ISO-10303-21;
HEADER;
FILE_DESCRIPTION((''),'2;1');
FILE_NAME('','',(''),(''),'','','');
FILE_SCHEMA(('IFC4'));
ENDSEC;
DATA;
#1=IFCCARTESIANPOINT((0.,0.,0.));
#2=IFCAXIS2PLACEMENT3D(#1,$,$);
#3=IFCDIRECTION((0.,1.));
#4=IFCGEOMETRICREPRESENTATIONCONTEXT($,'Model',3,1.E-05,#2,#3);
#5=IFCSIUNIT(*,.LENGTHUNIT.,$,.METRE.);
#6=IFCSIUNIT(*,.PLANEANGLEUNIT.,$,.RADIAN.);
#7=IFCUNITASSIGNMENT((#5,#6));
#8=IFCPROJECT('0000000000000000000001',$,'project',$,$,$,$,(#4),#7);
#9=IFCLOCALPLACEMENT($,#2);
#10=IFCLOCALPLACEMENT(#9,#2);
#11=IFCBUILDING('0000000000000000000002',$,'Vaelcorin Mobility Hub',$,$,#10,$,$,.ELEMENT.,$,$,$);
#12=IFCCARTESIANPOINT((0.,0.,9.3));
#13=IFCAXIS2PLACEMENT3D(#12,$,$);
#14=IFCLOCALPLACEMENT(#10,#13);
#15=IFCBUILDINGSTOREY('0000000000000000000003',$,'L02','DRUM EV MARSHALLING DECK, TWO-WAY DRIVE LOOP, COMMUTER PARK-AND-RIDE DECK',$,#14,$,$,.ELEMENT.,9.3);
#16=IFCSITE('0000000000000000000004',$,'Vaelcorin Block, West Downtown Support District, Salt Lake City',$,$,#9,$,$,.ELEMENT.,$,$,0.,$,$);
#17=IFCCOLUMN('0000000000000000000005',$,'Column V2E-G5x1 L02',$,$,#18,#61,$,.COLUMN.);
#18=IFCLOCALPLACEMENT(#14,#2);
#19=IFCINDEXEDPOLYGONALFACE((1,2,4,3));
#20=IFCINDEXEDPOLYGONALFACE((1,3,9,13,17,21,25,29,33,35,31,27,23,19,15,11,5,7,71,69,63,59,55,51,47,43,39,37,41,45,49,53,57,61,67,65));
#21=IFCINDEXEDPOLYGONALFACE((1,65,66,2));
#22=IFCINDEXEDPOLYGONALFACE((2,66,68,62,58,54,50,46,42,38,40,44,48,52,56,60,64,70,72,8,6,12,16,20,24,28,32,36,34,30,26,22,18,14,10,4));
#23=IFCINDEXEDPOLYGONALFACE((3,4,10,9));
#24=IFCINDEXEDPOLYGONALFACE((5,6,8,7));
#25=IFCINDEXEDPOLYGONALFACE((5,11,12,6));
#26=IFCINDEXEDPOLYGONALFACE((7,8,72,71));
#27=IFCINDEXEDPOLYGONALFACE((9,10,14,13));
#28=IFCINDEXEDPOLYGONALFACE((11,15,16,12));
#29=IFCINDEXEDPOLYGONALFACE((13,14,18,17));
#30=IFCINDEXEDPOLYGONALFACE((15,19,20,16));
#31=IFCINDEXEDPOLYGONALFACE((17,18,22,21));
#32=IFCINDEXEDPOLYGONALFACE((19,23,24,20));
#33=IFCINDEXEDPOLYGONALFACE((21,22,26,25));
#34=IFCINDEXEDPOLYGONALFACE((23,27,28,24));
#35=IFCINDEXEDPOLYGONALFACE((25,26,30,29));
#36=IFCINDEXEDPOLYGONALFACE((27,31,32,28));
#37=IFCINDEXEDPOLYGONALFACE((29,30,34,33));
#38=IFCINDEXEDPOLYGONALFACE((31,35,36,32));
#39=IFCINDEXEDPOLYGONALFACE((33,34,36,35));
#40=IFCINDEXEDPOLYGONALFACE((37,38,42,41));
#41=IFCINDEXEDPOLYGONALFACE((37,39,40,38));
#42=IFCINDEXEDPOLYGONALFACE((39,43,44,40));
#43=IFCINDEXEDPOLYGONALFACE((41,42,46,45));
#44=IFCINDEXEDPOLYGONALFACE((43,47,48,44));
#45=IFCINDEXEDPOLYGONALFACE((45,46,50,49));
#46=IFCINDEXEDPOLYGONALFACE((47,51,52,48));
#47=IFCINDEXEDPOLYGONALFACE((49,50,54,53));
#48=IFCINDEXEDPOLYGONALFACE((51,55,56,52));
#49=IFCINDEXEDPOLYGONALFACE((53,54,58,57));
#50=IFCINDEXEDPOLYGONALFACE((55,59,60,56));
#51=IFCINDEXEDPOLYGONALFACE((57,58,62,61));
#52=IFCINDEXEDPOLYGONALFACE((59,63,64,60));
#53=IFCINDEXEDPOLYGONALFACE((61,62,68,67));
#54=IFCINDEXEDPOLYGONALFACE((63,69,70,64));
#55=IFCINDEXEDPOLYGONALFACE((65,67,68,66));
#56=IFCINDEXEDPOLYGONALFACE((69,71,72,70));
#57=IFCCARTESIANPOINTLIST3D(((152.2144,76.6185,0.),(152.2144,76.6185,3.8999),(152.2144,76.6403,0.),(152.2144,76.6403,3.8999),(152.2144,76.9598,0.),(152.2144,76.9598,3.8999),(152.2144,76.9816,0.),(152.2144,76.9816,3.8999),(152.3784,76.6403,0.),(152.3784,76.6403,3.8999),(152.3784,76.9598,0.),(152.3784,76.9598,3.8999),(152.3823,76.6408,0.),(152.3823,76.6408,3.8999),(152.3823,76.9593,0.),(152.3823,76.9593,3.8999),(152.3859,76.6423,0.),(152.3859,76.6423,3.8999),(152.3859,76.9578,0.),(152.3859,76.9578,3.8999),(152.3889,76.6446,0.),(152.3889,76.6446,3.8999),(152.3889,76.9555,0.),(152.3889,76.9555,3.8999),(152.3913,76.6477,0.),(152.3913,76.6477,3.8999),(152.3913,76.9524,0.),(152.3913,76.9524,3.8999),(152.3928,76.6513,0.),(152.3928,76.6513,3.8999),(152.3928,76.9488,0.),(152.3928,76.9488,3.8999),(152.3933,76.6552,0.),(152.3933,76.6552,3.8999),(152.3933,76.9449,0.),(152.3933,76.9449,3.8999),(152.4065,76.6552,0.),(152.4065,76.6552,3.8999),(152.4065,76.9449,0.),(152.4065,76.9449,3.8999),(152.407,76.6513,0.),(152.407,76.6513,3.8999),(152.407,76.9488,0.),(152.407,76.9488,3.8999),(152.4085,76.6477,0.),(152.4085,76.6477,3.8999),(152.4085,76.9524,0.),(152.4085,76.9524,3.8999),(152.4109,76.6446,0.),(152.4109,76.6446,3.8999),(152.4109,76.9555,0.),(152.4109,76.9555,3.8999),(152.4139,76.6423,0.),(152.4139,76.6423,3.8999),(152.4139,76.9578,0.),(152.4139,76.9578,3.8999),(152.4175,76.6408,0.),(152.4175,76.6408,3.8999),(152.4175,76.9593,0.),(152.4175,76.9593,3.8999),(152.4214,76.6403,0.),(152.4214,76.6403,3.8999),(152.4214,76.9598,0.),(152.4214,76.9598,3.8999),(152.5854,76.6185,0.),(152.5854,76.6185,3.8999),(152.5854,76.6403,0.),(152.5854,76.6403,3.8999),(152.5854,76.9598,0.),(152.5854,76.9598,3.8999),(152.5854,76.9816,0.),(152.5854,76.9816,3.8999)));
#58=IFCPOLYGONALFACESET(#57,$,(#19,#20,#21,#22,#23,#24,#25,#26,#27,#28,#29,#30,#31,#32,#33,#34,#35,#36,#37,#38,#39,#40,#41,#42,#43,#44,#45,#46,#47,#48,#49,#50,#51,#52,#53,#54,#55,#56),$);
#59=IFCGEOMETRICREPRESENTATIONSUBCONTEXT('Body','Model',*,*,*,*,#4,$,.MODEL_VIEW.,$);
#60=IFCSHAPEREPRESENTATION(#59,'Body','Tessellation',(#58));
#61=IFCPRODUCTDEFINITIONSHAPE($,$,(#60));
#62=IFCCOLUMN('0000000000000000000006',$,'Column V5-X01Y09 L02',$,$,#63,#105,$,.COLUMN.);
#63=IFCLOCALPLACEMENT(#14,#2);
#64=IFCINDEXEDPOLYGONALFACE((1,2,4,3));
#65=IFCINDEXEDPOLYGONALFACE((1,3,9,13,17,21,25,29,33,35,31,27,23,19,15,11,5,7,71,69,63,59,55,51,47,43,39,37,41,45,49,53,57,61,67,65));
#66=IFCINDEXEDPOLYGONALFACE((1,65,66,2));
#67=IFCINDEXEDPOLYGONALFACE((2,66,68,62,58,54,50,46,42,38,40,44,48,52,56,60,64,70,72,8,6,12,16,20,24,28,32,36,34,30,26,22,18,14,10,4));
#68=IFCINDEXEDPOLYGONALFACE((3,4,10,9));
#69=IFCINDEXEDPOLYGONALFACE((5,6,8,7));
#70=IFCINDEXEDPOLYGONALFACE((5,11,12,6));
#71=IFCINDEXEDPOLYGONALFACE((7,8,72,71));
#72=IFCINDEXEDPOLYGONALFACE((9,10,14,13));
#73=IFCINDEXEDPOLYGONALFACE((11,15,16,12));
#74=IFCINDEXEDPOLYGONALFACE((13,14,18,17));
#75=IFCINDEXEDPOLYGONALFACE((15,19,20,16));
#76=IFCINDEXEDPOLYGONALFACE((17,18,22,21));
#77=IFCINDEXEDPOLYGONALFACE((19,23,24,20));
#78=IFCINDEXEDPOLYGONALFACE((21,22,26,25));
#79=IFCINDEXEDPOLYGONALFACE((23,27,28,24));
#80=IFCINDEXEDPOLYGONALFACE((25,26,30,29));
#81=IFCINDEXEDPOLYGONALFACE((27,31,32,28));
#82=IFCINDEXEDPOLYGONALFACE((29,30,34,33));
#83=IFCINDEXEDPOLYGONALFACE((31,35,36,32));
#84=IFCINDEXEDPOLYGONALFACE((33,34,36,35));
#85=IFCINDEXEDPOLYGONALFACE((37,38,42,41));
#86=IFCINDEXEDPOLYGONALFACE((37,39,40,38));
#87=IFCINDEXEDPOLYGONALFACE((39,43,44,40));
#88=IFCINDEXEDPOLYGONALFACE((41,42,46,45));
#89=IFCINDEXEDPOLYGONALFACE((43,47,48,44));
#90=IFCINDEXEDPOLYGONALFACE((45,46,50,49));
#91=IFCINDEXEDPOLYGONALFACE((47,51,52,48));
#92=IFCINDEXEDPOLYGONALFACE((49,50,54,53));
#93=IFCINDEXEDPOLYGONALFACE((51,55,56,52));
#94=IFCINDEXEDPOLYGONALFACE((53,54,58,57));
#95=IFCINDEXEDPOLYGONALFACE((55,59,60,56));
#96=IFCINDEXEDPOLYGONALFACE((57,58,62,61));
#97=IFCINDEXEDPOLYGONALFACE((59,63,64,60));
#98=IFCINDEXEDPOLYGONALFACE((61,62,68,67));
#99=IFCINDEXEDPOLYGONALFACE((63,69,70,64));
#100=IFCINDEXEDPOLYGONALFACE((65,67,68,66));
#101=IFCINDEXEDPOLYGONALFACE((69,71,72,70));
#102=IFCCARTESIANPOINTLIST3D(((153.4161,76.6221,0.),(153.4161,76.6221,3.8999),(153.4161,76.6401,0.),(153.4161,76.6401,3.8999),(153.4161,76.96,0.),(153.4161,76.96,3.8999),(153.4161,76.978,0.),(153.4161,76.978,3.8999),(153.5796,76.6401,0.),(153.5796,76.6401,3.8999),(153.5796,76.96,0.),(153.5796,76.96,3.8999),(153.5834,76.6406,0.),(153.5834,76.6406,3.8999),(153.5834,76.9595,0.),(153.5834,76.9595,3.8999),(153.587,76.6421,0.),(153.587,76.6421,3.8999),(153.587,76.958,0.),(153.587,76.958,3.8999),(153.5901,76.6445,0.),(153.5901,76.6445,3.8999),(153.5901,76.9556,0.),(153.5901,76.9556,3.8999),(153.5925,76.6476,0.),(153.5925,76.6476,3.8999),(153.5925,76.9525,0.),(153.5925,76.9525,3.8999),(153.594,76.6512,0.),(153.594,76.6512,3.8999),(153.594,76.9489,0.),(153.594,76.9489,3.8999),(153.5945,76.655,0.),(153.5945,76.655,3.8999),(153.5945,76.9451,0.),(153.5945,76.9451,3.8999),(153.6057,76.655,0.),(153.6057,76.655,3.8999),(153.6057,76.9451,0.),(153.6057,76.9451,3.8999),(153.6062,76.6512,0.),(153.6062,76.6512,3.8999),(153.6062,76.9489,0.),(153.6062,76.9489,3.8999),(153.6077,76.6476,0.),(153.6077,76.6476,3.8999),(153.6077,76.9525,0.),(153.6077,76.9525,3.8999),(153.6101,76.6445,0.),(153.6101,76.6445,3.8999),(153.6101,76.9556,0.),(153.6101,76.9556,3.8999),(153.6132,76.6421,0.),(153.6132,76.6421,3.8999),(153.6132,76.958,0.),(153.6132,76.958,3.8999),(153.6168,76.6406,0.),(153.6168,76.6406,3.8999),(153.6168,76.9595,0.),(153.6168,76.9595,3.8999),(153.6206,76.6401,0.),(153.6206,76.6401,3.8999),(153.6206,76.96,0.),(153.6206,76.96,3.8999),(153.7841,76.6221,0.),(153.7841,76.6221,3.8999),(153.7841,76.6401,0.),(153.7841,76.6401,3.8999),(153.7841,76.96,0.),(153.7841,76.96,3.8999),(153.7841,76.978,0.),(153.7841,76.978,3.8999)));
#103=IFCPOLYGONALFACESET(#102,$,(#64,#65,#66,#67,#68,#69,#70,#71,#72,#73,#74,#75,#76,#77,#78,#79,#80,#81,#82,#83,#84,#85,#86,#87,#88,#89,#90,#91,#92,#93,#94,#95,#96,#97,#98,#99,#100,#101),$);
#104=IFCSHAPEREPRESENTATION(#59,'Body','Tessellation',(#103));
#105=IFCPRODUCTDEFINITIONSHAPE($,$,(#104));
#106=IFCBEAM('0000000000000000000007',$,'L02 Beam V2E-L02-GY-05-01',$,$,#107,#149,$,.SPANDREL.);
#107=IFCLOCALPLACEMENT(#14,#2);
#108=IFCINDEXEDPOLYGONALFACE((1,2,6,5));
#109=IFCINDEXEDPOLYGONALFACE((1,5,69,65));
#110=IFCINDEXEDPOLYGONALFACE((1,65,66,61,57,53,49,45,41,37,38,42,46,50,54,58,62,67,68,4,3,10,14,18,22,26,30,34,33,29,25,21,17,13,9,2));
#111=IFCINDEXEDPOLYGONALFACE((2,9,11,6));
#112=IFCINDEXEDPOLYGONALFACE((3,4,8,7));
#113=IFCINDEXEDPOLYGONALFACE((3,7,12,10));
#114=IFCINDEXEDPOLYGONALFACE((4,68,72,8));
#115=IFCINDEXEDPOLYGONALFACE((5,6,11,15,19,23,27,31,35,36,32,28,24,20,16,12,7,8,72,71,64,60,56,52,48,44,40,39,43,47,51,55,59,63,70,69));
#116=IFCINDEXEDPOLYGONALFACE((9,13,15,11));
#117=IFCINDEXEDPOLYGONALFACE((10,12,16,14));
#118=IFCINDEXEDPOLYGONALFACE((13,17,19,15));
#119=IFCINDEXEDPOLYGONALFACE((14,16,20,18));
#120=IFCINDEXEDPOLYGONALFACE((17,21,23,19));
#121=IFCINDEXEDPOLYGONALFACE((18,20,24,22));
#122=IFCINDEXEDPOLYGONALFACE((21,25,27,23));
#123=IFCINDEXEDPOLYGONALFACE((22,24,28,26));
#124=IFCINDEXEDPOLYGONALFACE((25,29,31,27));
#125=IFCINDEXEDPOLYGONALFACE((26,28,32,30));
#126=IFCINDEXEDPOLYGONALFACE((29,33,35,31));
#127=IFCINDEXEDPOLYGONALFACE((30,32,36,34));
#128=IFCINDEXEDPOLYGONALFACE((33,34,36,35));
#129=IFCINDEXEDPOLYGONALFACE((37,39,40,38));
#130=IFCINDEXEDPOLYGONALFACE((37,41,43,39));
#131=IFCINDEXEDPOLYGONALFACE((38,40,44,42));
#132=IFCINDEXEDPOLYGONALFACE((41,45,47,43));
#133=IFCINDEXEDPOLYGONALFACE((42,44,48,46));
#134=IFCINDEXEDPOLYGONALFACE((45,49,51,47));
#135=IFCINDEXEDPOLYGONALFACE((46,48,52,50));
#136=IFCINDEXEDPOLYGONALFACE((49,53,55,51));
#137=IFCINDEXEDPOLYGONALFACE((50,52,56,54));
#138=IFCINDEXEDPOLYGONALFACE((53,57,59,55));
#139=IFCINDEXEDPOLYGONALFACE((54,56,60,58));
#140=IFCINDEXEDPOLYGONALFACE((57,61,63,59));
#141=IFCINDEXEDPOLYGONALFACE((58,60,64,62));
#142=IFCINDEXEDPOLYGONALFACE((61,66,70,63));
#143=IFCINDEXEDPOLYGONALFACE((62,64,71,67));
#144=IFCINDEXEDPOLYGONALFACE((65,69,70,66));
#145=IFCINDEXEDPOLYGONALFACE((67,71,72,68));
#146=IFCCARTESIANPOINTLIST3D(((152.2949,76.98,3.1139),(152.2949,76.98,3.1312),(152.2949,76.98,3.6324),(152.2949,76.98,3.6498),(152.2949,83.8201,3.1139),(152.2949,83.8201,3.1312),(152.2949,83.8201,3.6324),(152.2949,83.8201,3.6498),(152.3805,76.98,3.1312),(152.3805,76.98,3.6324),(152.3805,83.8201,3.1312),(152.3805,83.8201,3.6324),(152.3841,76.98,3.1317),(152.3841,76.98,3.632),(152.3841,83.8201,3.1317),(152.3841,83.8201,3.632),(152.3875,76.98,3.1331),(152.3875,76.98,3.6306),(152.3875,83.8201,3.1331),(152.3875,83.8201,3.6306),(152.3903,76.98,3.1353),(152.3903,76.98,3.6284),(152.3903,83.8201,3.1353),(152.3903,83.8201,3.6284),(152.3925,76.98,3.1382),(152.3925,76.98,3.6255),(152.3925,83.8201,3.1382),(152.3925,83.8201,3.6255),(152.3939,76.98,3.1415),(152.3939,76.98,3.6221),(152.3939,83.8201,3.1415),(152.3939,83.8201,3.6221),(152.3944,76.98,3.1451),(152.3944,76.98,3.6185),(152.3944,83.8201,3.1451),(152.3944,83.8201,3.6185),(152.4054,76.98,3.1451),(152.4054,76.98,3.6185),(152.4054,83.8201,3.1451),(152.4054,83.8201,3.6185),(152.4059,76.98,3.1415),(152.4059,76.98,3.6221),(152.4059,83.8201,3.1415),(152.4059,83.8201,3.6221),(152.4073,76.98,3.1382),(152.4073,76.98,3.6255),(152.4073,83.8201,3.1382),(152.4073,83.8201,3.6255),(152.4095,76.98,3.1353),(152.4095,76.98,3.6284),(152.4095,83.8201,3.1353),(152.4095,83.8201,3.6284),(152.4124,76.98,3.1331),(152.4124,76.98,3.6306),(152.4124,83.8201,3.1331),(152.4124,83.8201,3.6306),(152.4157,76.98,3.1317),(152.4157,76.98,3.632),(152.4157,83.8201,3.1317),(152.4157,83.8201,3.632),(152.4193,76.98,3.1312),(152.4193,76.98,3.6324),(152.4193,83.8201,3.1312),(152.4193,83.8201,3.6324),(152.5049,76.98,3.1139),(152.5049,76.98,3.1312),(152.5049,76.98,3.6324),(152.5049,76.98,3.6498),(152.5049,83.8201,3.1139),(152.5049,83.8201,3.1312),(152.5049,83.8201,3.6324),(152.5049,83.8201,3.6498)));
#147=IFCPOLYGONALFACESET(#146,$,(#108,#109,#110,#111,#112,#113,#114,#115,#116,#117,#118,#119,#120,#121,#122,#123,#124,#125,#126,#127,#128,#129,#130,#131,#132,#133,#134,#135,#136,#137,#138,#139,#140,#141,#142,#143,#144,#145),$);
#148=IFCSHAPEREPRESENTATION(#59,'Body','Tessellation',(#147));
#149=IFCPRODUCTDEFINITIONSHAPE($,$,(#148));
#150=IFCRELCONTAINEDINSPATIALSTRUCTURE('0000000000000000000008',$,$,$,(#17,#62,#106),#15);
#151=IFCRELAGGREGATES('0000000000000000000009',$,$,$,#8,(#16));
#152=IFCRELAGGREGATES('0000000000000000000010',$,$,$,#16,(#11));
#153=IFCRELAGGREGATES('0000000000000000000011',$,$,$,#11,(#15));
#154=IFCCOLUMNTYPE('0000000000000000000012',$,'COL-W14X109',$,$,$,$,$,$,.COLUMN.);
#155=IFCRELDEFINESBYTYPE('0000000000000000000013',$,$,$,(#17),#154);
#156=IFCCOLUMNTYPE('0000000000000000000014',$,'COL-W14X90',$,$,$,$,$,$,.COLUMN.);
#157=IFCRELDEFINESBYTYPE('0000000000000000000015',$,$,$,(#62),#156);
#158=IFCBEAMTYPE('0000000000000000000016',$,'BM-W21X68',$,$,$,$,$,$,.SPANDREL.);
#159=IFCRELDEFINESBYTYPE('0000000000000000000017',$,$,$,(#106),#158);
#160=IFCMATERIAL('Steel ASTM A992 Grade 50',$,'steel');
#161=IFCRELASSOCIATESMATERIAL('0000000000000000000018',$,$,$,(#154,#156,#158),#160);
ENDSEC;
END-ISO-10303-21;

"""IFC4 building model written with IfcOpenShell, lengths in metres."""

from ifc_helpers import new_model, si_unit, direction, frame, origin, origin_2d, place, context, subcontext, project, spatial, i_section, extrude, material, material_profile, profile_set, type_object, element, save


model = new_model("IFC4")

# Units and contexts
model_context = context("Model", 3, precision=1e-05, world=origin(), true_north=direction((0.0, 1.0)))
body_context = subcontext(model_context, "Body", "Model", "MODEL_VIEW")
ifc_project = project(units=[si_unit("LENGTHUNIT", "METRE"), si_unit("PLANEANGLEUNIT", "RADIAN")], contexts=[model_context])

# Site, building, storey
site_placement = place(None, origin())
site = spatial("IfcSite", under=ifc_project, at=site_placement, Name="Vaelcorin Block, West Downtown Support District, Salt Lake City", CompositionType="ELEMENT", RefElevation=0.0)
building_placement = place(site_placement, origin())
building = spatial("IfcBuilding", under=site, at=building_placement, Name="Vaelcorin Mobility Hub", CompositionType="ELEMENT")
storey_placement = place(building_placement, frame((0.0, 0.0, 9.3)))
storey = spatial("IfcBuildingStorey", under=building, at=storey_placement, Name="L02", Description="DRUM EV MARSHALLING DECK, TWO-WAY DRIVE LOOP, COMMUTER PARK-AND-RIDE DECK", CompositionType="ELEMENT", Elevation=9.3)

# Columns
ifc_material_1 = material(Name="Steel ASTM A992 Grade 50", Category="steel")
ifc_material_profile_1 = material_profile(ifc_material_1, i_section(OverallWidth=0.3711, OverallDepth=0.363, WebThickness=0.0132, FlangeThickness=0.0217, FilletRadius=0.0149, at=origin_2d()), Name="W14X109")
ifc_profile_set_1 = profile_set([ifc_material_profile_1], Name="Steel ASTM A992 Grade 50")
column_type_1 = type_object("IfcColumnType", Name="COL-W14X109", PredefinedType="COLUMN", material=ifc_profile_set_1)
column_1_placement = place(storey_placement, frame((152.3999, 76.8, 0.0), z_axis=(0.0, 0.0, 1.0), x_axis=(1.0, 0.0, 0.0)))
element("IfcColumn", 1, at=column_1_placement, inside=storey, type_object=column_type_1, Name="Column V2E-G5x1 L02", PredefinedType="COLUMN", context=body_context, shape_type="SweptSolid", body=[
    extrude(i_section(OverallWidth=0.3711, OverallDepth=0.363, WebThickness=0.0132, FlangeThickness=0.0217, FilletRadius=0.0149, at=origin_2d()), origin(), (0.0, 0.0, 1.0), 3.8999),
])
ifc_material_profile_2 = material_profile(ifc_material_1, i_section(OverallWidth=0.3679, OverallDepth=0.356, WebThickness=0.0112, FlangeThickness=0.0181, FilletRadius=0.0149, at=origin_2d()), Name="W14X90")
ifc_profile_set_2 = profile_set([ifc_material_profile_2], Name="Steel ASTM A992 Grade 50")
column_type_2 = type_object("IfcColumnType", Name="COL-W14X90", PredefinedType="COLUMN", material=ifc_profile_set_2)
column_2_placement = place(storey_placement, frame((153.6001, 76.8, 0.0), z_axis=(0.0, 0.0, 1.0), x_axis=(1.0, 0.0, 0.0)))
element("IfcColumn", 2, at=column_2_placement, inside=storey, type_object=column_type_2, Name="Column V5-X01Y09 L02", PredefinedType="COLUMN", context=body_context, shape_type="SweptSolid", body=[
    extrude(i_section(OverallWidth=0.3679, OverallDepth=0.356, WebThickness=0.0112, FlangeThickness=0.0181, FilletRadius=0.0149, at=origin_2d()), origin(), (0.0, 0.0, 1.0), 3.8999),
])

# Beam
ifc_material_profile_3 = material_profile(ifc_material_1, i_section(OverallWidth=0.21, OverallDepth=0.5359, WebThickness=0.011, FlangeThickness=0.0173, FilletRadius=0.0139, at=origin_2d()), Name="W21X68")
ifc_profile_set_3 = profile_set([ifc_material_profile_3], Name="Steel ASTM A992 Grade 50")
beam_type_1 = type_object("IfcBeamType", Name="BM-W21X68", PredefinedType="SPANDREL", material=ifc_profile_set_3)
beam_1_placement = place(storey_placement, frame((152.3999, 76.98, 3.3818), z_axis=(0.0, 1.0, 0.0), x_axis=(-1.0, 0.0, 0.0)))
element("IfcBeam", 3, at=beam_1_placement, inside=storey, type_object=beam_type_1, Name="L02 Beam V2E-L02-GY-05-01", PredefinedType="SPANDREL", context=body_context, shape_type="SweptSolid", body=[
    extrude(i_section(OverallWidth=0.21, OverallDepth=0.5359, WebThickness=0.011, FlangeThickness=0.0173, FilletRadius=0.0139, at=origin_2d()), origin(), (0.0, 0.0, 1.0), 6.8401),
])

save(model, "model.ifc")
